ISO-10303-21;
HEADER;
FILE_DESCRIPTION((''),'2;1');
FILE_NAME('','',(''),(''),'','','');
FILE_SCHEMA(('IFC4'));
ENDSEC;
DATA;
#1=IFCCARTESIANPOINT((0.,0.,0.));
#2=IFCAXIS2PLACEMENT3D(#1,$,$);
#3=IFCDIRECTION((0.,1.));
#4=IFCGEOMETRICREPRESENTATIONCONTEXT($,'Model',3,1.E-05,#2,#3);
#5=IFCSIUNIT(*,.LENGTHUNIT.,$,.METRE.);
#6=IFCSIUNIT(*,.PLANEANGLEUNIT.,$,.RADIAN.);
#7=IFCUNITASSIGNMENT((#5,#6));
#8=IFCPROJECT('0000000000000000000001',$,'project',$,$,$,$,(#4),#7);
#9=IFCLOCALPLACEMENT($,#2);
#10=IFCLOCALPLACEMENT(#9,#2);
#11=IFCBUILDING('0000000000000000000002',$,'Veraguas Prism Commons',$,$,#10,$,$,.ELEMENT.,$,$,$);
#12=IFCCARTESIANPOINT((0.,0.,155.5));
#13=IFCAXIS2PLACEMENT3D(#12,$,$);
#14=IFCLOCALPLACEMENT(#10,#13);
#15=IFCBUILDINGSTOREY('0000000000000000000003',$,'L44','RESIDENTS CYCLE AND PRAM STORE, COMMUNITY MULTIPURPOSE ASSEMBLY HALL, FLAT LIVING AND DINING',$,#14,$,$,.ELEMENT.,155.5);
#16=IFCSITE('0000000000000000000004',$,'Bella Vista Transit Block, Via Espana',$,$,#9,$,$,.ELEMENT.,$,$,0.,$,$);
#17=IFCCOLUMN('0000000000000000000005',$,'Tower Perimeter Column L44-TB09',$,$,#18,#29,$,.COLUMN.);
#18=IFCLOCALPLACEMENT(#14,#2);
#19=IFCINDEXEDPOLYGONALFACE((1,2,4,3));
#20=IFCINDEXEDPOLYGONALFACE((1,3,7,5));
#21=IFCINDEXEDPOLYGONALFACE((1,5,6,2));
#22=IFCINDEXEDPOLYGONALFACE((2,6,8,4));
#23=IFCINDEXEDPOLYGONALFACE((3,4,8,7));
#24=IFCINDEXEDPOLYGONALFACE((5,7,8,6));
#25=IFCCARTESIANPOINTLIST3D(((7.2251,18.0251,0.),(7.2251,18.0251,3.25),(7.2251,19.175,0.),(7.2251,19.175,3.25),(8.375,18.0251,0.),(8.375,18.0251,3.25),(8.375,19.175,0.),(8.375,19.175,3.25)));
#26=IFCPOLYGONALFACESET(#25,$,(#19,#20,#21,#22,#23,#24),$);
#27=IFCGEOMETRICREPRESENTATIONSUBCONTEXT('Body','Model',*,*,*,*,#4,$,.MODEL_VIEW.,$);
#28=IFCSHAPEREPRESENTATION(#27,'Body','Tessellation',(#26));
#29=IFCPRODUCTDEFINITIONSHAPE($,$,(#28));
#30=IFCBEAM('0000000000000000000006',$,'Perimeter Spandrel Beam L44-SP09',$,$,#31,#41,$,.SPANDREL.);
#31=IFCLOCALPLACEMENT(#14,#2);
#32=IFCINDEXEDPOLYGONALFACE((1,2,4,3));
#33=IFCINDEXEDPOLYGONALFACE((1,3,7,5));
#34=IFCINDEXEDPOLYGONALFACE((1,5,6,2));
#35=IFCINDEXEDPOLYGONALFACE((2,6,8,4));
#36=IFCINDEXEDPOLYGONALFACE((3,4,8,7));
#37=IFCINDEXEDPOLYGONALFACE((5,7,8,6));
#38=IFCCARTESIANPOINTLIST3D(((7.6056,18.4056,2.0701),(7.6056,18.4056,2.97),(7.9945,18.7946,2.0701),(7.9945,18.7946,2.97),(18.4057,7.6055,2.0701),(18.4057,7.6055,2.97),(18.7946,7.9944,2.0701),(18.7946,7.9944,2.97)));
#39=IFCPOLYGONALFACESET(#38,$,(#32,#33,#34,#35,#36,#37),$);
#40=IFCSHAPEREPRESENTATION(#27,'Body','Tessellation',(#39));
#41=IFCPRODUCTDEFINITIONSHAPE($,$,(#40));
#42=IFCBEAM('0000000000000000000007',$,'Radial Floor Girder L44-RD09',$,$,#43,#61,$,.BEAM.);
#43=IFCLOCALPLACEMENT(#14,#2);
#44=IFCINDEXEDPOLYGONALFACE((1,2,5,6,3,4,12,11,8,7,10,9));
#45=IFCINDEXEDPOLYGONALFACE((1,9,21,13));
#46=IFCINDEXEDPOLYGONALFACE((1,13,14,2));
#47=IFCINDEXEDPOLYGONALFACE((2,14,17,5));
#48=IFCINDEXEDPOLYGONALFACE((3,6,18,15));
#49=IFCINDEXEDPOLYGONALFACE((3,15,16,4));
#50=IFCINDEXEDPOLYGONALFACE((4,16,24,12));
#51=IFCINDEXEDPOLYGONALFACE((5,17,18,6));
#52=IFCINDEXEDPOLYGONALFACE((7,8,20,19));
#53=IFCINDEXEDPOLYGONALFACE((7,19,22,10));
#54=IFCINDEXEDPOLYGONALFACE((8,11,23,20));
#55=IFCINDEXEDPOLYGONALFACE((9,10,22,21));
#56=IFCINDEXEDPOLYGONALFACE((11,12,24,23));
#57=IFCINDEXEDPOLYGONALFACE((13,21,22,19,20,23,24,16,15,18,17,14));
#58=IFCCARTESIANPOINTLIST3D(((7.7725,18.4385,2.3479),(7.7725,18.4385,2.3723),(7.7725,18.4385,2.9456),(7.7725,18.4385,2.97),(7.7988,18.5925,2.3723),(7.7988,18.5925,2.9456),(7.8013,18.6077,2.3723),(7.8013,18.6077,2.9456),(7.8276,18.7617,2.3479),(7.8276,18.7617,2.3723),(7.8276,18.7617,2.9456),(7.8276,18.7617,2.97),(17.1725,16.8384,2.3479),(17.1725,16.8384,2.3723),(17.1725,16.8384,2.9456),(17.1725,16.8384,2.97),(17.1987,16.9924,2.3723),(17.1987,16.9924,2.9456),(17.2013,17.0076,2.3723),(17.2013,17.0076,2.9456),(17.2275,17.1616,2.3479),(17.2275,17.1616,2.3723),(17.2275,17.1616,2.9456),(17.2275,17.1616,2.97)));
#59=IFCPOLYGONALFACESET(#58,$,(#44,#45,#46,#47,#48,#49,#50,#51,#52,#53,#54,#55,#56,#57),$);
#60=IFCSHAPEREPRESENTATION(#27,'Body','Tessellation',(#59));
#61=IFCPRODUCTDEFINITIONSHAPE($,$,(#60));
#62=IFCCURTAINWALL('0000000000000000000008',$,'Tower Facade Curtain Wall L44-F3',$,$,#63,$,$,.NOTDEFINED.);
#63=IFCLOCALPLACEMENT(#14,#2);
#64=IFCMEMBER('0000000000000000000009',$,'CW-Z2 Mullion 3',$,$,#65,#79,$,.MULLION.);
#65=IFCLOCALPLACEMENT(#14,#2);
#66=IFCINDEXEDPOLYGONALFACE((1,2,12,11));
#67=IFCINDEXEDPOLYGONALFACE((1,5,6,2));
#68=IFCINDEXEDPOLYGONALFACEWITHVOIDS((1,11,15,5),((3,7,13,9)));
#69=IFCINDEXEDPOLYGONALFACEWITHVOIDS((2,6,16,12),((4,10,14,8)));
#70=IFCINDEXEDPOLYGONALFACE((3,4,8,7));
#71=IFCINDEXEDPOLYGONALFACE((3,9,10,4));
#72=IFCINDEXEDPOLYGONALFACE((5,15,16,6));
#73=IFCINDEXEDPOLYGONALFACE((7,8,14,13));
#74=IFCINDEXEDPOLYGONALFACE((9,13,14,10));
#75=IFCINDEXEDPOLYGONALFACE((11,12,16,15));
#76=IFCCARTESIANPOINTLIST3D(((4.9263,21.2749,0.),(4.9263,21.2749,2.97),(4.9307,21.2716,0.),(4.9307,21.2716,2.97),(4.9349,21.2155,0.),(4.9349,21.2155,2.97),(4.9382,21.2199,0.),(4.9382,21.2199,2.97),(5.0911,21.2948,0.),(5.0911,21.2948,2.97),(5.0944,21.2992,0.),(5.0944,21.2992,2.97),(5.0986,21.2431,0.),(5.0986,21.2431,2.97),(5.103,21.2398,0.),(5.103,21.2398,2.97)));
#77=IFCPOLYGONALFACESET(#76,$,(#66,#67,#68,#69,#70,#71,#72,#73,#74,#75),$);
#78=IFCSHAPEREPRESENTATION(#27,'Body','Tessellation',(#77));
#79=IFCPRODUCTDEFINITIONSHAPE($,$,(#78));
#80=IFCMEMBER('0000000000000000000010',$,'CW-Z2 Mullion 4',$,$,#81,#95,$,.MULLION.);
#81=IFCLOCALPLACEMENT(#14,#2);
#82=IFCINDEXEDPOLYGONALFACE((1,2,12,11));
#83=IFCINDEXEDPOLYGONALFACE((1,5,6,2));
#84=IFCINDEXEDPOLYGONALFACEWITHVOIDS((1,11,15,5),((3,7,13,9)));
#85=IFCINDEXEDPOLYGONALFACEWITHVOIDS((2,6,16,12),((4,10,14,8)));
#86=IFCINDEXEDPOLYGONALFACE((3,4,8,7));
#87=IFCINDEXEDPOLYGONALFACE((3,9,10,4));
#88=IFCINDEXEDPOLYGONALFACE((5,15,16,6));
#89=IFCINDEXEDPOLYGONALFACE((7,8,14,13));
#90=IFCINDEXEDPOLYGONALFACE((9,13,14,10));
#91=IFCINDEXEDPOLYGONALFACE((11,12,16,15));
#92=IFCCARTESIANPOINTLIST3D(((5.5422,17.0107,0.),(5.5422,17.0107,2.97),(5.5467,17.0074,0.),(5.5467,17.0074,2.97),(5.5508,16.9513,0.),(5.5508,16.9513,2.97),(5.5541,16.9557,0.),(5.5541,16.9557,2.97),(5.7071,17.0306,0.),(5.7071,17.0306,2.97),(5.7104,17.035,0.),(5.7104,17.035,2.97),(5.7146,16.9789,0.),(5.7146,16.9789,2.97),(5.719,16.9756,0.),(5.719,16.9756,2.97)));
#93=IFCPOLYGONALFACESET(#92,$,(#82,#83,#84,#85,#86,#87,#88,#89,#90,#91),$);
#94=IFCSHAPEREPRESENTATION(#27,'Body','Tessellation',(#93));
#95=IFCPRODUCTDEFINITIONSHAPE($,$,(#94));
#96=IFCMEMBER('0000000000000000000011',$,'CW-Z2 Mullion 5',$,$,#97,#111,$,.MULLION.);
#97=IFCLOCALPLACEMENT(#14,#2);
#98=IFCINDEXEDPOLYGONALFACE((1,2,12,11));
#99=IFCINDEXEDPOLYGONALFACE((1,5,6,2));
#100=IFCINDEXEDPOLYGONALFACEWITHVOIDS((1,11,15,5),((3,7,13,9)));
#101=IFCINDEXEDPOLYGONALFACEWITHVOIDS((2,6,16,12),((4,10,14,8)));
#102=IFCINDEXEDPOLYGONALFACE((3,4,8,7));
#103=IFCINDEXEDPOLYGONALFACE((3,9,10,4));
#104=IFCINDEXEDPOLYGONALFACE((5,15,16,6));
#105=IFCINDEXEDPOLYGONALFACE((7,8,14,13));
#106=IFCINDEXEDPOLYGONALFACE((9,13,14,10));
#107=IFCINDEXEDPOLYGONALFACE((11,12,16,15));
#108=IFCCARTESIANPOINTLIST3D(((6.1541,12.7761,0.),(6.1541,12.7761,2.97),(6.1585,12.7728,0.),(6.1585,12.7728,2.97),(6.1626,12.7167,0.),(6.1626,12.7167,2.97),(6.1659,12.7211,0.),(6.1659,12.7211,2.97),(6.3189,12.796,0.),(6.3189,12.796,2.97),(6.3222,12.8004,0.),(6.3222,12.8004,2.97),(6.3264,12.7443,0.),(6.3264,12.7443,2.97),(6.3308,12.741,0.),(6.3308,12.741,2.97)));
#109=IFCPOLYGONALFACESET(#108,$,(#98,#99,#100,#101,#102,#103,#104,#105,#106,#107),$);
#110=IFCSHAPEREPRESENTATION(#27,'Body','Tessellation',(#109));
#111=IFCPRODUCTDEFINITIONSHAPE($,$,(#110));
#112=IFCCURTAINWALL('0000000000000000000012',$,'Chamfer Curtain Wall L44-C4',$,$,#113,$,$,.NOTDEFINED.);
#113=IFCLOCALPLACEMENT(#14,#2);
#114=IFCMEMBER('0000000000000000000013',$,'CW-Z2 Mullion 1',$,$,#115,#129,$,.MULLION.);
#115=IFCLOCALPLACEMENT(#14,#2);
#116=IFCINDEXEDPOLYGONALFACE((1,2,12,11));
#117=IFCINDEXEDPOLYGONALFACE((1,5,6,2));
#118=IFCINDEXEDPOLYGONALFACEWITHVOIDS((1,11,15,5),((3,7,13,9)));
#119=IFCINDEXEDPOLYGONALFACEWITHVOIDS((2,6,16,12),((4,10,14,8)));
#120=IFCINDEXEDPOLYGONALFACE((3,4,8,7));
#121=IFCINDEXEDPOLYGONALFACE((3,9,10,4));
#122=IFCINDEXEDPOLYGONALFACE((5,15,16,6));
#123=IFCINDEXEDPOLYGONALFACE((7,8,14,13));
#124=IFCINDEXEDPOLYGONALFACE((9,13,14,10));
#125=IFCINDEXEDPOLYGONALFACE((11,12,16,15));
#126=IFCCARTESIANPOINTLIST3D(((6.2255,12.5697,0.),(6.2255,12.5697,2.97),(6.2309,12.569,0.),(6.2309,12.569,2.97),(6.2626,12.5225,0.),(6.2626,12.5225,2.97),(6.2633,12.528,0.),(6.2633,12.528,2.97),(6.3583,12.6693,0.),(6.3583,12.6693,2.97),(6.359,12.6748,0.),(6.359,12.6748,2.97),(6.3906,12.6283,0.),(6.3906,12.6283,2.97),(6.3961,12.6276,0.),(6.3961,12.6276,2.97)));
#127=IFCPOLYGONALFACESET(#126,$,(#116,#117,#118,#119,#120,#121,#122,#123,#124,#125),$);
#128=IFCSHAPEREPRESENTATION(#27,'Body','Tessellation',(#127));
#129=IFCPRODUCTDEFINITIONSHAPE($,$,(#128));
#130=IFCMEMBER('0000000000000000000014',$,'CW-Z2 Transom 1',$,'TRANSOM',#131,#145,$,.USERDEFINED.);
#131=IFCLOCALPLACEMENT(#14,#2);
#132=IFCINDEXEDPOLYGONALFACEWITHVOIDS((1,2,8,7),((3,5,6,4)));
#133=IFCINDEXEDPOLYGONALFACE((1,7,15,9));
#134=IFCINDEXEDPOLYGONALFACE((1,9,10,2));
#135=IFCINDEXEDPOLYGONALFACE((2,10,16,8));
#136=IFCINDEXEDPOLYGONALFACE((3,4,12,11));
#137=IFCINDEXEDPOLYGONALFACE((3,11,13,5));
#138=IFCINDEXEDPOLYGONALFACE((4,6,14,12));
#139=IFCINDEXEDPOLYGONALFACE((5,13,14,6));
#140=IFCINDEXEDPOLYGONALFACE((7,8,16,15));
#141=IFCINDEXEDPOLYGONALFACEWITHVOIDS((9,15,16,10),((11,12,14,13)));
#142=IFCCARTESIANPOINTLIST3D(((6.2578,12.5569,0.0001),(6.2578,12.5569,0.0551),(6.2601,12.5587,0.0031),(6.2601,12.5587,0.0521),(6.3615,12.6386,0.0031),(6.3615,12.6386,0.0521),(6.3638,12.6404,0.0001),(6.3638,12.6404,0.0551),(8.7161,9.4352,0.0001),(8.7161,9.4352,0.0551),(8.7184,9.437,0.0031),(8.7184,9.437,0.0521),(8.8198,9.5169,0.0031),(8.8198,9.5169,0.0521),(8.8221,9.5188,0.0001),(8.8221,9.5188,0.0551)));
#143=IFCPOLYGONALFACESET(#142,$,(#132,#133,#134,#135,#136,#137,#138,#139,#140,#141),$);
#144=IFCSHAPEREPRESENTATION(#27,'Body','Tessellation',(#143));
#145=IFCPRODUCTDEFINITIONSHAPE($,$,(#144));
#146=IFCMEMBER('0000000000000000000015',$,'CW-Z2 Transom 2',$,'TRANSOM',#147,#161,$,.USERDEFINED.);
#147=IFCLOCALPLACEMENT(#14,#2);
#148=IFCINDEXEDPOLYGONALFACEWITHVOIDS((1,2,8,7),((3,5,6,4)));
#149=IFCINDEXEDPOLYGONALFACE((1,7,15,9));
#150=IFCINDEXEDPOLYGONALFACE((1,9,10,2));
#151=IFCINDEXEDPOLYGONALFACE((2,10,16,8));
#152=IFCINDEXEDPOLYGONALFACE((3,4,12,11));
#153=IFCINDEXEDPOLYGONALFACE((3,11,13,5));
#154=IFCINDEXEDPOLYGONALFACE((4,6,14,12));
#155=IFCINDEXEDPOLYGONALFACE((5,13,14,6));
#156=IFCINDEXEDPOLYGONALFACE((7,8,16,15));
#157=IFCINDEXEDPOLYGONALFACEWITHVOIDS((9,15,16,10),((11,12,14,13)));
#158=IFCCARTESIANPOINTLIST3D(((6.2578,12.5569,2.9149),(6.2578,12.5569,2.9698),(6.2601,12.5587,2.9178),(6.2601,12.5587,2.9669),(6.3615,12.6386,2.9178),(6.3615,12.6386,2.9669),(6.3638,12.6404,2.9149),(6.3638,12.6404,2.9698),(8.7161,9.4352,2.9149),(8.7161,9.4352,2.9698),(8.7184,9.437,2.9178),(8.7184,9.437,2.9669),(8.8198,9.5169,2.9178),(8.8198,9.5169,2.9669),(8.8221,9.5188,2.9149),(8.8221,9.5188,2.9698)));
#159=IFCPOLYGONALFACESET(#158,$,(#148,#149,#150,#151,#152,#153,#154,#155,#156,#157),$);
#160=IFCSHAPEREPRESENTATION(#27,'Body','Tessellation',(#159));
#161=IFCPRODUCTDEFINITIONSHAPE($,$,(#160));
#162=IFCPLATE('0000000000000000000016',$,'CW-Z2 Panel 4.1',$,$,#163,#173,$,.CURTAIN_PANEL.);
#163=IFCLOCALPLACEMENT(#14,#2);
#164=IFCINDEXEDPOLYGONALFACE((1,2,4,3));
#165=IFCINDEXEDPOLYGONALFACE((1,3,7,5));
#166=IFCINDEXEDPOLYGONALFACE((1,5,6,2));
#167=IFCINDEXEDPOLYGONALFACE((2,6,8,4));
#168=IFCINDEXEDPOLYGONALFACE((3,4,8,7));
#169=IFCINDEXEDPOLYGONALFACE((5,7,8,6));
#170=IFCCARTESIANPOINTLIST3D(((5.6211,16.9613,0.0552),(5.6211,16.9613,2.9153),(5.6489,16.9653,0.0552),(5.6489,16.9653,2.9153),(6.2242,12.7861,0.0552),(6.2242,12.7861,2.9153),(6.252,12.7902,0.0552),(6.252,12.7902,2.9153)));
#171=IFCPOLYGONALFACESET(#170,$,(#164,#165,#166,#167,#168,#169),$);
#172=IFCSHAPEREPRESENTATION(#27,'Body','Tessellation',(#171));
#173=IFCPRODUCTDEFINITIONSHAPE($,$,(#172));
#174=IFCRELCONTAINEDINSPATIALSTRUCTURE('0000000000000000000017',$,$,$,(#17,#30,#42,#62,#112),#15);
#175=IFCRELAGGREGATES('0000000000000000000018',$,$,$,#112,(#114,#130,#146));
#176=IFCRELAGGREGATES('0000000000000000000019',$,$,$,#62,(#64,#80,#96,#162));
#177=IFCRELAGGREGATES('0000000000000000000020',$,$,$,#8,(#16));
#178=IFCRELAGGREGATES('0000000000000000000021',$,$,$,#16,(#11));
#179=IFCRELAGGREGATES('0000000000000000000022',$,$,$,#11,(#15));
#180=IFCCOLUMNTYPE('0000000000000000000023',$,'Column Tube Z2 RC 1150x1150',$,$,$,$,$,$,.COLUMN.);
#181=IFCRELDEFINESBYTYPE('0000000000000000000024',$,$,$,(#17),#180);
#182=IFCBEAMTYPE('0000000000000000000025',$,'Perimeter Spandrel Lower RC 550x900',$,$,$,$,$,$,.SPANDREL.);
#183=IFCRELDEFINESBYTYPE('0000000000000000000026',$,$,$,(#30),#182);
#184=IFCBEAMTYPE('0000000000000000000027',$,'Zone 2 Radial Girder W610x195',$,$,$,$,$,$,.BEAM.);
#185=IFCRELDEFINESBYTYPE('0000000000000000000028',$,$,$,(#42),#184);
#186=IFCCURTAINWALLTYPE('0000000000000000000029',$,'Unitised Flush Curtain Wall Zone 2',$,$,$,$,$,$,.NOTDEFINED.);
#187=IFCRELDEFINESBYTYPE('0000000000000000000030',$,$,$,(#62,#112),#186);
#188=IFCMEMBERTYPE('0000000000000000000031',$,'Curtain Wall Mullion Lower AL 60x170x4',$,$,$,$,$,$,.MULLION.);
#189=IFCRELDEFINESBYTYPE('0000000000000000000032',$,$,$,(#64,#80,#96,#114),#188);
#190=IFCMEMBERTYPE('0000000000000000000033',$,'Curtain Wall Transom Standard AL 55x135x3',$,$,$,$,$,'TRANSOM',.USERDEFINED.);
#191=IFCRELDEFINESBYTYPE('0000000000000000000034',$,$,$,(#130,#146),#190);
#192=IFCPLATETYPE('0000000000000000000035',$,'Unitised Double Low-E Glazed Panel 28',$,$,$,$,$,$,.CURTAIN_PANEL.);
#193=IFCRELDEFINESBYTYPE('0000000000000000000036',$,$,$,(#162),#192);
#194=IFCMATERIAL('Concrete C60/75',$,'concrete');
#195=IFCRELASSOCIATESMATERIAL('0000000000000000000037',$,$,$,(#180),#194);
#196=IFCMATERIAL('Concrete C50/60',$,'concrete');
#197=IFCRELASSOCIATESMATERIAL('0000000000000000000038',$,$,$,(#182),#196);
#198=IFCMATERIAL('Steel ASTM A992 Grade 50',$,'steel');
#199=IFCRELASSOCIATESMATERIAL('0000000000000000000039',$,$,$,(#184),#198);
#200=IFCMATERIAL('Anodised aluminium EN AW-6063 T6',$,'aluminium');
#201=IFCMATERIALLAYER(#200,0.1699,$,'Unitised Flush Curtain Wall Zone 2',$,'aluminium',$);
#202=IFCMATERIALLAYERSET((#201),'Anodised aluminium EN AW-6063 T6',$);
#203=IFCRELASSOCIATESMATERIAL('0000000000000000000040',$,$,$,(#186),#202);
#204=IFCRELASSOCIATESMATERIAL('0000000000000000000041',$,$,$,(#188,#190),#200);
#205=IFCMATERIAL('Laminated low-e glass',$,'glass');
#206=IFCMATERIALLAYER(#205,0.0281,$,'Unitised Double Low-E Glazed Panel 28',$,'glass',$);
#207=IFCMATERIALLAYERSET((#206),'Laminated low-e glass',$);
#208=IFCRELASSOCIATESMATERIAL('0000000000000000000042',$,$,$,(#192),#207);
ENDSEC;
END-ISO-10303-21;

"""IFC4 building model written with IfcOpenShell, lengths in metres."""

from ifc_helpers import new_model, si_unit, direction, frame, origin, origin_2d, place, context, subcontext, project, spatial, rectangle, hollow_rectangle, i_section, extrude, source, transform, mapped, material, layer, layer_set, material_profile, profile_set, type_object, element, aggregate, save


model = new_model("IFC4")

# Units and contexts
model_context = context("Model", 3, precision=1e-05, world=origin(), true_north=direction((0.0, 1.0)))
body_context = subcontext(model_context, "Body", "Model", "MODEL_VIEW")
ifc_project = project(units=[si_unit("LENGTHUNIT", "METRE"), si_unit("PLANEANGLEUNIT", "RADIAN")], contexts=[model_context])

# Site, building, storey
site_placement = place(None, origin())
site = spatial("IfcSite", under=ifc_project, at=site_placement, Name="Bella Vista Transit Block, Via Espana", CompositionType="ELEMENT", RefElevation=0.0)
building_placement = place(site_placement, origin())
building = spatial("IfcBuilding", under=site, at=building_placement, Name="Veraguas Prism Commons", CompositionType="ELEMENT")
storey_placement = place(building_placement, frame((0.0, 0.0, 155.5)))
storey = spatial("IfcBuildingStorey", under=building, at=storey_placement, Name="L44", Description="RESIDENTS CYCLE AND PRAM STORE, COMMUNITY MULTIPURPOSE ASSEMBLY HALL, FLAT LIVING AND DINING", CompositionType="ELEMENT", Elevation=155.5)

# Column
ifc_material_1 = material(Name="Concrete C60/75", Category="concrete")
ifc_material_profile_1 = material_profile(ifc_material_1, rectangle(XDim=1.1499, YDim=1.1499, at=origin_2d()), Name="RC1150X1150")
ifc_profile_set_1 = profile_set([ifc_material_profile_1], Name="Concrete C60/75")
column_type = type_object("IfcColumnType", Name="Column Tube Z2 RC 1150x1150", PredefinedType="COLUMN", material=ifc_profile_set_1)
column_placement = place(storey_placement, frame((7.8, 18.6001, 0.0), z_axis=(0.0, 0.0, 1.0), x_axis=(1.0, 0.0, 0.0)))
element("IfcColumn", 1, at=column_placement, inside=storey, type_object=column_type, Name="Tower Perimeter Column L44-TB09", PredefinedType="COLUMN", context=body_context, shape_type="SweptSolid", body=[
    extrude(rectangle(XDim=1.1499, YDim=1.1499, at=origin_2d()), origin(), (0.0, 0.0, 1.0), 3.25),
])

# Beams
ifc_material_2 = material(Name="Concrete C50/60", Category="concrete")
ifc_material_profile_2 = material_profile(ifc_material_2, rectangle(XDim=0.55, YDim=0.8999, at=origin_2d()), Name="RC550X900")
ifc_profile_set_2 = profile_set([ifc_material_profile_2], Name="Concrete C50/60")
beam_type_1 = type_object("IfcBeamType", Name="Perimeter Spandrel Lower RC 550x900", PredefinedType="SPANDREL", material=ifc_profile_set_2)
beam_1_placement = place(storey_placement, frame((7.8, 18.6001, 2.52), z_axis=(0.707107, -0.707107, 0.0), x_axis=(0.707107, 0.707107, 0.0)))
element("IfcBeam", 2, at=beam_1_placement, inside=storey, type_object=beam_type_1, Name="Perimeter Spandrel Beam L44-SP09", PredefinedType="SPANDREL", context=body_context, shape_type="SweptSolid", body=[
    extrude(rectangle(XDim=0.55, YDim=0.8999, at=origin_2d()), origin(), (0.0, 0.0, 1.0), 15.2737),
])
ifc_material_3 = material(Name="Steel ASTM A992 Grade 50", Category="steel")
ifc_material_profile_3 = material_profile(ifc_material_3, i_section(OverallWidth=0.3279, OverallDepth=0.6221, WebThickness=0.0154, FlangeThickness=0.0244, at=origin_2d()), Name="W610X195")
ifc_profile_set_3 = profile_set([ifc_material_profile_3], Name="Steel ASTM A992 Grade 50")
beam_type_2 = type_object("IfcBeamType", Name="Zone 2 Radial Girder W610x195", PredefinedType="BEAM", material=ifc_profile_set_3)
beam_2_placement = place(storey_placement, frame((7.8, 18.6001, 2.6589), z_axis=(0.985819, -0.167811, 0.0), x_axis=(0.167811, 0.985819, 0.0)))
element("IfcBeam", 3, at=beam_2_placement, inside=storey, type_object=beam_type_2, Name="Radial Floor Girder L44-RD09", PredefinedType="BEAM", context=body_context, shape_type="SweptSolid", body=[
    extrude(i_section(OverallWidth=0.3279, OverallDepth=0.6221, WebThickness=0.0154, FlangeThickness=0.0244, at=origin_2d()), origin(), (0.0, 0.0, 1.0), 9.5352),
])

# Curtain walls, members
ifc_material_4 = material(Name="Anodised aluminium EN AW-6063 T6", Category="aluminium")
ifc_layer_1 = layer(ifc_material_4, 0.1699, Name="Unitised Flush Curtain Wall Zone 2", Category="aluminium")
ifc_layer_set_1 = layer_set([ifc_layer_1], Name="Anodised aluminium EN AW-6063 T6")
curtain_wall_type = type_object("IfcCurtainWallType", Name="Unitised Flush Curtain Wall Zone 2", PredefinedType="NOTDEFINED", material=ifc_layer_set_1)
curtain_wall_1_placement = place(storey_placement, origin())
curtain_wall_1 = element("IfcCurtainWall", 4, at=curtain_wall_1_placement, inside=storey, type_object=curtain_wall_type, Name="Tower Facade Curtain Wall L44-F3", PredefinedType="NOTDEFINED")
ifc_material_profile_4 = material_profile(ifc_material_4, hollow_rectangle(XDim=0.0601, YDim=0.1699, WallThickness=0.0039, at=origin_2d()), Name="AL60X170X4")
ifc_profile_set_4 = profile_set([ifc_material_profile_4], Name="Anodised aluminium EN AW-6063 T6")
member_type_1 = type_object("IfcMemberType", Name="Curtain Wall Mullion Lower AL 60x170x4", PredefinedType="MULLION", material=ifc_profile_set_4)
shared_shape_1 = source(origin(), body_context, "Body", "SweptSolid", [
    extrude(hollow_rectangle(XDim=0.0601, YDim=0.1699, WallThickness=0.0039, at=origin_2d()), origin(), (0.0, 0.0, 1.0), 2.97),
])
member_1_placement = place(storey_placement, frame((5.0146, 21.2573, 0.0), z_axis=(0.0, 0.0, 1.0), x_axis=(0.142971, -0.989727, 0.0)))
member_1 = element("IfcMember", 5, at=member_1_placement, type_object=member_type_1, Name="CW-Z2 Mullion 3", PredefinedType="MULLION", context=body_context, shape_type="MappedRepresentation", body=[
    mapped(shared_shape_1, transform((0.0, 0.0, 0.0), scale=1.0)),
])
member_2_placement = place(storey_placement, frame((5.6306, 16.9932, 0.0), z_axis=(0.0, 0.0, 1.0), x_axis=(0.142971, -0.989727, 0.0)))
member_2 = element("IfcMember", 6, at=member_2_placement, type_object=member_type_1, Name="CW-Z2 Mullion 4", PredefinedType="MULLION", context=body_context, shape_type="MappedRepresentation", body=[
    mapped(shared_shape_1, transform((0.0, 0.0, 0.0), scale=1.0)),
])
member_3_placement = place(storey_placement, frame((6.2424, 12.7585, 0.0), z_axis=(0.0, 0.0, 1.0), x_axis=(0.142971, -0.989727, 0.0)))
member_3 = element("IfcMember", 7, at=member_3_placement, type_object=member_type_1, Name="CW-Z2 Mullion 5", PredefinedType="MULLION", context=body_context, shape_type="MappedRepresentation", body=[
    mapped(shared_shape_1, transform((0.0, 0.0, 0.0), scale=1.0)),
])
curtain_wall_2_placement = place(storey_placement, origin())
curtain_wall_2 = element("IfcCurtainWall", 8, at=curtain_wall_2_placement, inside=storey, type_object=curtain_wall_type, Name="Chamfer Curtain Wall L44-C4", PredefinedType="NOTDEFINED")
member_4_placement = place(storey_placement, frame((6.3108, 12.5986, 0.0), z_axis=(0.0, 0.0, 1.0), x_axis=(0.618681, -0.785642, 0.0)))
member_4 = element("IfcMember", 9, at=member_4_placement, type_object=member_type_1, Name="CW-Z2 Mullion 1", PredefinedType="MULLION", context=body_context, shape_type="MappedRepresentation", body=[
    mapped(shared_shape_1, transform((0.0, 0.0, 0.0), scale=1.0)),
])
ifc_material_profile_5 = material_profile(ifc_material_4, hollow_rectangle(XDim=0.0549, YDim=0.135, WallThickness=0.0029, at=origin_2d()), Name="AL55X135X3")
ifc_profile_set_5 = profile_set([ifc_material_profile_5], Name="Anodised aluminium EN AW-6063 T6")
member_type_2 = type_object("IfcMemberType", Name="Curtain Wall Transom Standard AL 55x135x3", ElementType="TRANSOM", PredefinedType="USERDEFINED", material=ifc_profile_set_5)
shared_shape_2 = source(origin(), body_context, "Body", "SweptSolid", [
    extrude(hollow_rectangle(XDim=0.0549, YDim=0.135, WallThickness=0.0029, at=origin_2d()), origin(), (0.0, 0.0, 1.0), 3.9734),
])
member_5_placement = place(storey_placement, frame((6.3108, 12.5986, 0.0276), z_axis=(0.61869, -0.785636, 0.0), x_axis=(0.0, 0.0, 1.0)))
member_5 = element("IfcMember", 10, at=member_5_placement, type_object=member_type_2, Name="CW-Z2 Transom 1", ObjectType="TRANSOM", PredefinedType="USERDEFINED", context=body_context, shape_type="MappedRepresentation", body=[
    mapped(shared_shape_2, transform((0.0, 0.0, 0.0), scale=1.0)),
])
member_6_placement = place(storey_placement, frame((6.3108, 12.5986, 2.9424), z_axis=(0.61869, -0.785636, 0.0), x_axis=(0.0, 0.0, 1.0)))
member_6 = element("IfcMember", 11, at=member_6_placement, type_object=member_type_2, Name="CW-Z2 Transom 2", ObjectType="TRANSOM", PredefinedType="USERDEFINED", context=body_context, shape_type="MappedRepresentation", body=[
    mapped(shared_shape_2, transform((0.0, 0.0, 0.0), scale=1.0)),
])
aggregate(curtain_wall_2, [member_4, member_5, member_6])

# Plate
ifc_material_5 = material(Name="Laminated low-e glass", Category="glass")
ifc_layer_2 = layer(ifc_material_5, 0.0281, Name="Unitised Double Low-E Glazed Panel 28", Category="glass")
ifc_layer_set_2 = layer_set([ifc_layer_2], Name="Laminated low-e glass")
plate_type = type_object("IfcPlateType", Name="Unitised Double Low-E Glazed Panel 28", PredefinedType="CURTAIN_PANEL", material=ifc_layer_set_2)
shared_shape_3 = source(origin(), body_context, "Body", "SweptSolid", [
    extrude(rectangle(XDim=4.2185, YDim=0.0281, at=origin_2d()), origin(), (0.0, 0.0, 1.0), 2.8601),
])
plate_1_placement = place(storey_placement, frame((5.9365, 14.8757, 0.0552), z_axis=(0.0, 0.0, 1.0), x_axis=(0.142971, -0.989727, 0.0)))
plate_1 = element("IfcPlate", 12, at=plate_1_placement, type_object=plate_type, Name="CW-Z2 Panel 4.1", PredefinedType="CURTAIN_PANEL", context=body_context, shape_type="MappedRepresentation", body=[
    mapped(shared_shape_3, transform((0.0, 0.0, 0.0), scale=1.0)),
])
aggregate(curtain_wall_1, [member_1, member_2, member_3, plate_1])

save(model, "model.ifc")
